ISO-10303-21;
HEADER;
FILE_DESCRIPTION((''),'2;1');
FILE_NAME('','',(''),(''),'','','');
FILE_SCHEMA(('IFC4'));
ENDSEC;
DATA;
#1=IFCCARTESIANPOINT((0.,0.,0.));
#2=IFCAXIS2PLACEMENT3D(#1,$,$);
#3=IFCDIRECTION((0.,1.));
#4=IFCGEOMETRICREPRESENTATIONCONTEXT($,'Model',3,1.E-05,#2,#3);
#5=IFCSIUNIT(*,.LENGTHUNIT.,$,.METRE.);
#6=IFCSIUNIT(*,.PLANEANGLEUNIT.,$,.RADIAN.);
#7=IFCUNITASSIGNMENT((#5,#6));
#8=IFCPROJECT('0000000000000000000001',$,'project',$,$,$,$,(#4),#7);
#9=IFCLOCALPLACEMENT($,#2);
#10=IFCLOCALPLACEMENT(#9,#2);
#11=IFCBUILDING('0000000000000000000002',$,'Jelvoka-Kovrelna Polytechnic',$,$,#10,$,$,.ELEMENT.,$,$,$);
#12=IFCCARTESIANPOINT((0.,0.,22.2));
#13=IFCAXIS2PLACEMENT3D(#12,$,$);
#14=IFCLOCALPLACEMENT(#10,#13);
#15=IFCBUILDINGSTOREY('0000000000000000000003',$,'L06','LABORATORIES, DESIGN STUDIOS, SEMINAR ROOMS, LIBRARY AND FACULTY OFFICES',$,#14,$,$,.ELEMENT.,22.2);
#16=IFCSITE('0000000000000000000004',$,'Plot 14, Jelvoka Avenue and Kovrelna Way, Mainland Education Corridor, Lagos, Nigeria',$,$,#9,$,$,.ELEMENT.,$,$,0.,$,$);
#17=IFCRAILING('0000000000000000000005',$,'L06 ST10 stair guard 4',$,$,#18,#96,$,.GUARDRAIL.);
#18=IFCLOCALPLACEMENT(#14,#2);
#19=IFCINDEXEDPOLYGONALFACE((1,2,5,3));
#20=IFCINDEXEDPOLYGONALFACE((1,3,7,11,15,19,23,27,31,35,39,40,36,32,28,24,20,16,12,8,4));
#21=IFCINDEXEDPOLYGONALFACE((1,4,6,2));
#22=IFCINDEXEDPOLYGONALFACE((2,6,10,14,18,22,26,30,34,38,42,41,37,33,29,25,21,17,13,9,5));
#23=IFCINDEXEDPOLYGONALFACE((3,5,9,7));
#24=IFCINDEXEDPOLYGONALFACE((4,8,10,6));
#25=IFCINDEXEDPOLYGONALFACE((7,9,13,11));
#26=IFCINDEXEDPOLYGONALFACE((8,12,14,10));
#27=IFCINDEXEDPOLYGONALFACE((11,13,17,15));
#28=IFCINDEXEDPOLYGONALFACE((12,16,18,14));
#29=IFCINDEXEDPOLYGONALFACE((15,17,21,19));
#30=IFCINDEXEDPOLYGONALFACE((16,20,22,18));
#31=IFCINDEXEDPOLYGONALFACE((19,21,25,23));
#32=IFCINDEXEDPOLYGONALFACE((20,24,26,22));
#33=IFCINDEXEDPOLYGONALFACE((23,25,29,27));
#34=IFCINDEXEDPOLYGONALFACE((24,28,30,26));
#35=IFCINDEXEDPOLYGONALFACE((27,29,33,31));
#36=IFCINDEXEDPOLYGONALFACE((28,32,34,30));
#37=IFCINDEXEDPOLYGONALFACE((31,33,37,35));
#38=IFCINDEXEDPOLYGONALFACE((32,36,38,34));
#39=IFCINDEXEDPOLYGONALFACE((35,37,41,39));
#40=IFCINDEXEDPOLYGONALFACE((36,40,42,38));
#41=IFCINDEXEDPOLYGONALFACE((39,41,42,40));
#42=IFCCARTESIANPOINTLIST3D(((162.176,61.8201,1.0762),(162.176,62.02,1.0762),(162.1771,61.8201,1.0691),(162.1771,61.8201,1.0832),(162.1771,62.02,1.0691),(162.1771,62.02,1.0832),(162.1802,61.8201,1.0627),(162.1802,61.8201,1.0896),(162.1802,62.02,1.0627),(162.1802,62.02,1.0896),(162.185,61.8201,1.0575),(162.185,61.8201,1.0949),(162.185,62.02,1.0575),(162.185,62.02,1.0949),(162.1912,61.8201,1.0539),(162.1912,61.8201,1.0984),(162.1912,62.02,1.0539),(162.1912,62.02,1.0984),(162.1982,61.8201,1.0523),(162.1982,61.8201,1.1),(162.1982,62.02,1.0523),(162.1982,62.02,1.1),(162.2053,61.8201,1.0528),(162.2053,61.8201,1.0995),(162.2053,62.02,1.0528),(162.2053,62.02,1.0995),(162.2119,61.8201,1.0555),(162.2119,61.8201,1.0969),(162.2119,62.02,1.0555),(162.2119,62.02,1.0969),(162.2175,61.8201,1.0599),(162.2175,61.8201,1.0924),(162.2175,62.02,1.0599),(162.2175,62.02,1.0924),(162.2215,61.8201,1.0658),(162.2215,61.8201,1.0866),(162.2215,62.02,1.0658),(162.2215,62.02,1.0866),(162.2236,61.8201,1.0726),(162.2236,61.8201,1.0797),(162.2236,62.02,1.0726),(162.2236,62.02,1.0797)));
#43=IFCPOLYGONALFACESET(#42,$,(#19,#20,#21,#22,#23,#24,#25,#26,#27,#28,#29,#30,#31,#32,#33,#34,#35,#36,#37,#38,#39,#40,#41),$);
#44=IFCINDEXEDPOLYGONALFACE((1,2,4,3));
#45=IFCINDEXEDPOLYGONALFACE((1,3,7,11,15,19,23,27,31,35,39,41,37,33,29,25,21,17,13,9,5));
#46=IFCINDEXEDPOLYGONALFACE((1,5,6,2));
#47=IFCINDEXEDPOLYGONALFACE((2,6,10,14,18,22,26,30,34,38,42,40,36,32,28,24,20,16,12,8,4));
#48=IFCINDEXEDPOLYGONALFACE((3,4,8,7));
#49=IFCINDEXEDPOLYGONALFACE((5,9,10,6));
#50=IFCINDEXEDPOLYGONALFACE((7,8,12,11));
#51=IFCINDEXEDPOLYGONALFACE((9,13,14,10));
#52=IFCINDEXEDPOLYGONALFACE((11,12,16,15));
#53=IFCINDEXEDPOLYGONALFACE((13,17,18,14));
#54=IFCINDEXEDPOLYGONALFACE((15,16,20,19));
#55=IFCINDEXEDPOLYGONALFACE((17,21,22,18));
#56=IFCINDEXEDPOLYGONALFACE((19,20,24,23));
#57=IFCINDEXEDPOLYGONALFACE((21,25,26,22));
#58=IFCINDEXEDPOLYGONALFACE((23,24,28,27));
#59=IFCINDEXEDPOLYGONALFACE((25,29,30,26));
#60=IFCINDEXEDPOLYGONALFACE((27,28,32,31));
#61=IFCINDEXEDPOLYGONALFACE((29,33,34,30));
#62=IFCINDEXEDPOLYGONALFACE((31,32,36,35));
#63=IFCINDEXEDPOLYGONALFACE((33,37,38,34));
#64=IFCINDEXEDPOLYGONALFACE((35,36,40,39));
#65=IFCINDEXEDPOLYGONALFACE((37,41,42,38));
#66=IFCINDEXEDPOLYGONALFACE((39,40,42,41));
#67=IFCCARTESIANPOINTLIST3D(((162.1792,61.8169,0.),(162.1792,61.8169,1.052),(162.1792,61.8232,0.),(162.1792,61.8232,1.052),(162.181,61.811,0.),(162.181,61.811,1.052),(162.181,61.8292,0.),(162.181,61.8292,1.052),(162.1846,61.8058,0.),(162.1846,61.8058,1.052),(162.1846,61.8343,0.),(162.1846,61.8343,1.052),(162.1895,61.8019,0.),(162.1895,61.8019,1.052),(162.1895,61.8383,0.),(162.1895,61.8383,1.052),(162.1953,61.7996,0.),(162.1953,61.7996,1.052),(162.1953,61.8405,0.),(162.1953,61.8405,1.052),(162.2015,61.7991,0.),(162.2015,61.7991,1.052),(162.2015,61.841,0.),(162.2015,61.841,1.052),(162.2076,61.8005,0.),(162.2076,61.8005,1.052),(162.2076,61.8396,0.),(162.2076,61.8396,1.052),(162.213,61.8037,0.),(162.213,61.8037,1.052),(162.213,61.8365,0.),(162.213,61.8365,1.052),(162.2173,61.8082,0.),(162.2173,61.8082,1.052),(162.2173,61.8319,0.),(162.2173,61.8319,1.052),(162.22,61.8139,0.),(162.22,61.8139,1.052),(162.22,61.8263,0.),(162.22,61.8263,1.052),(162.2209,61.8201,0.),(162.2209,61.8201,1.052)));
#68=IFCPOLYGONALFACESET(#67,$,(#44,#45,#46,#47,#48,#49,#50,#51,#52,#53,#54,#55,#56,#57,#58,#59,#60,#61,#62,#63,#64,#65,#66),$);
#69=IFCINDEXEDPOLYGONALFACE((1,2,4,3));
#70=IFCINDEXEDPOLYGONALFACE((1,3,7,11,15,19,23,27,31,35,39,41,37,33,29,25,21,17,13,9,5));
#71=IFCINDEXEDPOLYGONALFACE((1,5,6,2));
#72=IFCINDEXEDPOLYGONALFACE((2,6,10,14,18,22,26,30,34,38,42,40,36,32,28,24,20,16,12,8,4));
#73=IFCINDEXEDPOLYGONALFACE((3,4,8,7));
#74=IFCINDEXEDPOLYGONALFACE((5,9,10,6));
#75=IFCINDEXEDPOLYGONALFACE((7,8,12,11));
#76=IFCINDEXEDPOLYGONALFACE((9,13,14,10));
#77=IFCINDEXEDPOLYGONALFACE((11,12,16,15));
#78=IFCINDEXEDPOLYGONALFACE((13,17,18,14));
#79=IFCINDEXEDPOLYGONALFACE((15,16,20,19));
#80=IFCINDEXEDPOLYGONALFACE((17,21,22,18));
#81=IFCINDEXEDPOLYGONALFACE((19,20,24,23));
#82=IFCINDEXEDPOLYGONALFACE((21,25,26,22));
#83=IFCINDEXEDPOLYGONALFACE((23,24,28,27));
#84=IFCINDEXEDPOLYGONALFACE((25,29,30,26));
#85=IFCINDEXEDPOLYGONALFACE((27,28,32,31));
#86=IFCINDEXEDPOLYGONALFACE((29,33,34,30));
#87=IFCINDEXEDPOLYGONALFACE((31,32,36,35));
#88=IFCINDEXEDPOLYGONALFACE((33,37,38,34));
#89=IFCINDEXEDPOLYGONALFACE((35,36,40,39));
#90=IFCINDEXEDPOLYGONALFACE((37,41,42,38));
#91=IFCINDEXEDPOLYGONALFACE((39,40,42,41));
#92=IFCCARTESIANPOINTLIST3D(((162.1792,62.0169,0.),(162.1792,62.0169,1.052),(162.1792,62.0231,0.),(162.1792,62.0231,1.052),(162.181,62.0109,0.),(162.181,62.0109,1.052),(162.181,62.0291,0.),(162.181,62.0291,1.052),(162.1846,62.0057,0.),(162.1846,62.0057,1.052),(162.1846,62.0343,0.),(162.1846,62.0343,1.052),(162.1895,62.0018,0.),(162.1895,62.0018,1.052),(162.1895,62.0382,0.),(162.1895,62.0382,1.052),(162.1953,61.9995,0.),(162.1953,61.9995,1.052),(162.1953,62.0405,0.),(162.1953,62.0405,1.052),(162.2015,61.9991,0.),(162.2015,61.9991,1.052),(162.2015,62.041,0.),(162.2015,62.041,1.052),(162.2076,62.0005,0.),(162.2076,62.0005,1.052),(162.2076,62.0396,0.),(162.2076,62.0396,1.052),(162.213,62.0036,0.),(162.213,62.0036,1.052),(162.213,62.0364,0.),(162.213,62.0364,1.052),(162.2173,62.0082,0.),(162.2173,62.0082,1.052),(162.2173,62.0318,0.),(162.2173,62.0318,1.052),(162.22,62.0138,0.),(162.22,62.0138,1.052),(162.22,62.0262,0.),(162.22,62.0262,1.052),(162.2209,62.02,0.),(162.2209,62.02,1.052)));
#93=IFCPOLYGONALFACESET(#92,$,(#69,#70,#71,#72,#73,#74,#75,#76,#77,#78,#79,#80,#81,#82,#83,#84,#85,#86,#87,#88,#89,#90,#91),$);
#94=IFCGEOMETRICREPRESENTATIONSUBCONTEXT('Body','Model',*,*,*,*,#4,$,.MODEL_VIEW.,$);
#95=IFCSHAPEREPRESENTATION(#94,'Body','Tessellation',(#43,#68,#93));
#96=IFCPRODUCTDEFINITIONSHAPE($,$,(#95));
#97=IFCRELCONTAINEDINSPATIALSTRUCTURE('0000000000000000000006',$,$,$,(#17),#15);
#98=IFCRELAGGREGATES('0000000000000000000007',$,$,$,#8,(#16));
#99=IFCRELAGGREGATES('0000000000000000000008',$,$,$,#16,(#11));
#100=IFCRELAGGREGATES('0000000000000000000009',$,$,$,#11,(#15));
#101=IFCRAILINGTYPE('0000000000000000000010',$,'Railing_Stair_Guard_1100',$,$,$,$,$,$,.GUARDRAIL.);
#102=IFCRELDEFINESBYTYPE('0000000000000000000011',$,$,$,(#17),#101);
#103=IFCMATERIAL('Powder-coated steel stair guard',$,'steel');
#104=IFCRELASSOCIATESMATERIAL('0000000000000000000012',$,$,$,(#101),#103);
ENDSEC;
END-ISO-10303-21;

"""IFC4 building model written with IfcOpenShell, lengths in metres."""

from ifc_helpers import new_model, si_unit, direction, frame, origin, origin_2d, place, context, subcontext, project, spatial, circle, extrude, material, type_object, element, save


model = new_model("IFC4")

# Units and contexts
model_context = context("Model", 3, precision=1e-05, world=origin(), true_north=direction((0.0, 1.0)))
body_context = subcontext(model_context, "Body", "Model", "MODEL_VIEW")
ifc_project = project(units=[si_unit("LENGTHUNIT", "METRE"), si_unit("PLANEANGLEUNIT", "RADIAN")], contexts=[model_context])

# Site, building, storey
site_placement = place(None, origin())
site = spatial("IfcSite", under=ifc_project, at=site_placement, Name="Plot 14, Jelvoka Avenue and Kovrelna Way, Mainland Education Corridor, Lagos, Nigeria", CompositionType="ELEMENT", RefElevation=0.0)
building_placement = place(site_placement, origin())
building = spatial("IfcBuilding", under=site, at=building_placement, Name="Jelvoka-Kovrelna Polytechnic", CompositionType="ELEMENT")
storey_placement = place(building_placement, frame((0.0, 0.0, 22.2)))
storey = spatial("IfcBuildingStorey", under=building, at=storey_placement, Name="L06", Description="LABORATORIES, DESIGN STUDIOS, SEMINAR ROOMS, LIBRARY AND FACULTY OFFICES", CompositionType="ELEMENT", Elevation=22.2)

# Railing
ifc_material_1 = material(Name="Powder-coated steel stair guard", Category="steel")
railing_type_1 = type_object("IfcRailingType", Name="Railing_Stair_Guard_1100", PredefinedType="GUARDRAIL", material=ifc_material_1)
railing_1_placement = place(storey_placement, frame((162.2, 61.8201, 0.0)))
element("IfcRailing", 1, at=railing_1_placement, inside=storey, type_object=railing_type_1, Name="L06 ST10 stair guard 4", PredefinedType="GUARDRAIL", context=body_context, shape_type="SweptSolid", body=[
    extrude(circle(Radius=0.0239, at=origin_2d()), frame((0.0, 0.0, 1.0762), z_axis=(0.0, 1.0, 0.0), x_axis=(-1.0, 0.0, 0.0)), (0.0, 0.0, 1.0), 0.2),
    extrude(circle(Radius=0.021, at=origin_2d()), origin(), (0.0, 0.0, 1.0), 1.052),
    extrude(circle(Radius=0.021, at=origin_2d()), frame((0.0, 0.2, 0.0)), (0.0, 0.0, 1.0), 1.052),
])

save(model, "model.ifc")
